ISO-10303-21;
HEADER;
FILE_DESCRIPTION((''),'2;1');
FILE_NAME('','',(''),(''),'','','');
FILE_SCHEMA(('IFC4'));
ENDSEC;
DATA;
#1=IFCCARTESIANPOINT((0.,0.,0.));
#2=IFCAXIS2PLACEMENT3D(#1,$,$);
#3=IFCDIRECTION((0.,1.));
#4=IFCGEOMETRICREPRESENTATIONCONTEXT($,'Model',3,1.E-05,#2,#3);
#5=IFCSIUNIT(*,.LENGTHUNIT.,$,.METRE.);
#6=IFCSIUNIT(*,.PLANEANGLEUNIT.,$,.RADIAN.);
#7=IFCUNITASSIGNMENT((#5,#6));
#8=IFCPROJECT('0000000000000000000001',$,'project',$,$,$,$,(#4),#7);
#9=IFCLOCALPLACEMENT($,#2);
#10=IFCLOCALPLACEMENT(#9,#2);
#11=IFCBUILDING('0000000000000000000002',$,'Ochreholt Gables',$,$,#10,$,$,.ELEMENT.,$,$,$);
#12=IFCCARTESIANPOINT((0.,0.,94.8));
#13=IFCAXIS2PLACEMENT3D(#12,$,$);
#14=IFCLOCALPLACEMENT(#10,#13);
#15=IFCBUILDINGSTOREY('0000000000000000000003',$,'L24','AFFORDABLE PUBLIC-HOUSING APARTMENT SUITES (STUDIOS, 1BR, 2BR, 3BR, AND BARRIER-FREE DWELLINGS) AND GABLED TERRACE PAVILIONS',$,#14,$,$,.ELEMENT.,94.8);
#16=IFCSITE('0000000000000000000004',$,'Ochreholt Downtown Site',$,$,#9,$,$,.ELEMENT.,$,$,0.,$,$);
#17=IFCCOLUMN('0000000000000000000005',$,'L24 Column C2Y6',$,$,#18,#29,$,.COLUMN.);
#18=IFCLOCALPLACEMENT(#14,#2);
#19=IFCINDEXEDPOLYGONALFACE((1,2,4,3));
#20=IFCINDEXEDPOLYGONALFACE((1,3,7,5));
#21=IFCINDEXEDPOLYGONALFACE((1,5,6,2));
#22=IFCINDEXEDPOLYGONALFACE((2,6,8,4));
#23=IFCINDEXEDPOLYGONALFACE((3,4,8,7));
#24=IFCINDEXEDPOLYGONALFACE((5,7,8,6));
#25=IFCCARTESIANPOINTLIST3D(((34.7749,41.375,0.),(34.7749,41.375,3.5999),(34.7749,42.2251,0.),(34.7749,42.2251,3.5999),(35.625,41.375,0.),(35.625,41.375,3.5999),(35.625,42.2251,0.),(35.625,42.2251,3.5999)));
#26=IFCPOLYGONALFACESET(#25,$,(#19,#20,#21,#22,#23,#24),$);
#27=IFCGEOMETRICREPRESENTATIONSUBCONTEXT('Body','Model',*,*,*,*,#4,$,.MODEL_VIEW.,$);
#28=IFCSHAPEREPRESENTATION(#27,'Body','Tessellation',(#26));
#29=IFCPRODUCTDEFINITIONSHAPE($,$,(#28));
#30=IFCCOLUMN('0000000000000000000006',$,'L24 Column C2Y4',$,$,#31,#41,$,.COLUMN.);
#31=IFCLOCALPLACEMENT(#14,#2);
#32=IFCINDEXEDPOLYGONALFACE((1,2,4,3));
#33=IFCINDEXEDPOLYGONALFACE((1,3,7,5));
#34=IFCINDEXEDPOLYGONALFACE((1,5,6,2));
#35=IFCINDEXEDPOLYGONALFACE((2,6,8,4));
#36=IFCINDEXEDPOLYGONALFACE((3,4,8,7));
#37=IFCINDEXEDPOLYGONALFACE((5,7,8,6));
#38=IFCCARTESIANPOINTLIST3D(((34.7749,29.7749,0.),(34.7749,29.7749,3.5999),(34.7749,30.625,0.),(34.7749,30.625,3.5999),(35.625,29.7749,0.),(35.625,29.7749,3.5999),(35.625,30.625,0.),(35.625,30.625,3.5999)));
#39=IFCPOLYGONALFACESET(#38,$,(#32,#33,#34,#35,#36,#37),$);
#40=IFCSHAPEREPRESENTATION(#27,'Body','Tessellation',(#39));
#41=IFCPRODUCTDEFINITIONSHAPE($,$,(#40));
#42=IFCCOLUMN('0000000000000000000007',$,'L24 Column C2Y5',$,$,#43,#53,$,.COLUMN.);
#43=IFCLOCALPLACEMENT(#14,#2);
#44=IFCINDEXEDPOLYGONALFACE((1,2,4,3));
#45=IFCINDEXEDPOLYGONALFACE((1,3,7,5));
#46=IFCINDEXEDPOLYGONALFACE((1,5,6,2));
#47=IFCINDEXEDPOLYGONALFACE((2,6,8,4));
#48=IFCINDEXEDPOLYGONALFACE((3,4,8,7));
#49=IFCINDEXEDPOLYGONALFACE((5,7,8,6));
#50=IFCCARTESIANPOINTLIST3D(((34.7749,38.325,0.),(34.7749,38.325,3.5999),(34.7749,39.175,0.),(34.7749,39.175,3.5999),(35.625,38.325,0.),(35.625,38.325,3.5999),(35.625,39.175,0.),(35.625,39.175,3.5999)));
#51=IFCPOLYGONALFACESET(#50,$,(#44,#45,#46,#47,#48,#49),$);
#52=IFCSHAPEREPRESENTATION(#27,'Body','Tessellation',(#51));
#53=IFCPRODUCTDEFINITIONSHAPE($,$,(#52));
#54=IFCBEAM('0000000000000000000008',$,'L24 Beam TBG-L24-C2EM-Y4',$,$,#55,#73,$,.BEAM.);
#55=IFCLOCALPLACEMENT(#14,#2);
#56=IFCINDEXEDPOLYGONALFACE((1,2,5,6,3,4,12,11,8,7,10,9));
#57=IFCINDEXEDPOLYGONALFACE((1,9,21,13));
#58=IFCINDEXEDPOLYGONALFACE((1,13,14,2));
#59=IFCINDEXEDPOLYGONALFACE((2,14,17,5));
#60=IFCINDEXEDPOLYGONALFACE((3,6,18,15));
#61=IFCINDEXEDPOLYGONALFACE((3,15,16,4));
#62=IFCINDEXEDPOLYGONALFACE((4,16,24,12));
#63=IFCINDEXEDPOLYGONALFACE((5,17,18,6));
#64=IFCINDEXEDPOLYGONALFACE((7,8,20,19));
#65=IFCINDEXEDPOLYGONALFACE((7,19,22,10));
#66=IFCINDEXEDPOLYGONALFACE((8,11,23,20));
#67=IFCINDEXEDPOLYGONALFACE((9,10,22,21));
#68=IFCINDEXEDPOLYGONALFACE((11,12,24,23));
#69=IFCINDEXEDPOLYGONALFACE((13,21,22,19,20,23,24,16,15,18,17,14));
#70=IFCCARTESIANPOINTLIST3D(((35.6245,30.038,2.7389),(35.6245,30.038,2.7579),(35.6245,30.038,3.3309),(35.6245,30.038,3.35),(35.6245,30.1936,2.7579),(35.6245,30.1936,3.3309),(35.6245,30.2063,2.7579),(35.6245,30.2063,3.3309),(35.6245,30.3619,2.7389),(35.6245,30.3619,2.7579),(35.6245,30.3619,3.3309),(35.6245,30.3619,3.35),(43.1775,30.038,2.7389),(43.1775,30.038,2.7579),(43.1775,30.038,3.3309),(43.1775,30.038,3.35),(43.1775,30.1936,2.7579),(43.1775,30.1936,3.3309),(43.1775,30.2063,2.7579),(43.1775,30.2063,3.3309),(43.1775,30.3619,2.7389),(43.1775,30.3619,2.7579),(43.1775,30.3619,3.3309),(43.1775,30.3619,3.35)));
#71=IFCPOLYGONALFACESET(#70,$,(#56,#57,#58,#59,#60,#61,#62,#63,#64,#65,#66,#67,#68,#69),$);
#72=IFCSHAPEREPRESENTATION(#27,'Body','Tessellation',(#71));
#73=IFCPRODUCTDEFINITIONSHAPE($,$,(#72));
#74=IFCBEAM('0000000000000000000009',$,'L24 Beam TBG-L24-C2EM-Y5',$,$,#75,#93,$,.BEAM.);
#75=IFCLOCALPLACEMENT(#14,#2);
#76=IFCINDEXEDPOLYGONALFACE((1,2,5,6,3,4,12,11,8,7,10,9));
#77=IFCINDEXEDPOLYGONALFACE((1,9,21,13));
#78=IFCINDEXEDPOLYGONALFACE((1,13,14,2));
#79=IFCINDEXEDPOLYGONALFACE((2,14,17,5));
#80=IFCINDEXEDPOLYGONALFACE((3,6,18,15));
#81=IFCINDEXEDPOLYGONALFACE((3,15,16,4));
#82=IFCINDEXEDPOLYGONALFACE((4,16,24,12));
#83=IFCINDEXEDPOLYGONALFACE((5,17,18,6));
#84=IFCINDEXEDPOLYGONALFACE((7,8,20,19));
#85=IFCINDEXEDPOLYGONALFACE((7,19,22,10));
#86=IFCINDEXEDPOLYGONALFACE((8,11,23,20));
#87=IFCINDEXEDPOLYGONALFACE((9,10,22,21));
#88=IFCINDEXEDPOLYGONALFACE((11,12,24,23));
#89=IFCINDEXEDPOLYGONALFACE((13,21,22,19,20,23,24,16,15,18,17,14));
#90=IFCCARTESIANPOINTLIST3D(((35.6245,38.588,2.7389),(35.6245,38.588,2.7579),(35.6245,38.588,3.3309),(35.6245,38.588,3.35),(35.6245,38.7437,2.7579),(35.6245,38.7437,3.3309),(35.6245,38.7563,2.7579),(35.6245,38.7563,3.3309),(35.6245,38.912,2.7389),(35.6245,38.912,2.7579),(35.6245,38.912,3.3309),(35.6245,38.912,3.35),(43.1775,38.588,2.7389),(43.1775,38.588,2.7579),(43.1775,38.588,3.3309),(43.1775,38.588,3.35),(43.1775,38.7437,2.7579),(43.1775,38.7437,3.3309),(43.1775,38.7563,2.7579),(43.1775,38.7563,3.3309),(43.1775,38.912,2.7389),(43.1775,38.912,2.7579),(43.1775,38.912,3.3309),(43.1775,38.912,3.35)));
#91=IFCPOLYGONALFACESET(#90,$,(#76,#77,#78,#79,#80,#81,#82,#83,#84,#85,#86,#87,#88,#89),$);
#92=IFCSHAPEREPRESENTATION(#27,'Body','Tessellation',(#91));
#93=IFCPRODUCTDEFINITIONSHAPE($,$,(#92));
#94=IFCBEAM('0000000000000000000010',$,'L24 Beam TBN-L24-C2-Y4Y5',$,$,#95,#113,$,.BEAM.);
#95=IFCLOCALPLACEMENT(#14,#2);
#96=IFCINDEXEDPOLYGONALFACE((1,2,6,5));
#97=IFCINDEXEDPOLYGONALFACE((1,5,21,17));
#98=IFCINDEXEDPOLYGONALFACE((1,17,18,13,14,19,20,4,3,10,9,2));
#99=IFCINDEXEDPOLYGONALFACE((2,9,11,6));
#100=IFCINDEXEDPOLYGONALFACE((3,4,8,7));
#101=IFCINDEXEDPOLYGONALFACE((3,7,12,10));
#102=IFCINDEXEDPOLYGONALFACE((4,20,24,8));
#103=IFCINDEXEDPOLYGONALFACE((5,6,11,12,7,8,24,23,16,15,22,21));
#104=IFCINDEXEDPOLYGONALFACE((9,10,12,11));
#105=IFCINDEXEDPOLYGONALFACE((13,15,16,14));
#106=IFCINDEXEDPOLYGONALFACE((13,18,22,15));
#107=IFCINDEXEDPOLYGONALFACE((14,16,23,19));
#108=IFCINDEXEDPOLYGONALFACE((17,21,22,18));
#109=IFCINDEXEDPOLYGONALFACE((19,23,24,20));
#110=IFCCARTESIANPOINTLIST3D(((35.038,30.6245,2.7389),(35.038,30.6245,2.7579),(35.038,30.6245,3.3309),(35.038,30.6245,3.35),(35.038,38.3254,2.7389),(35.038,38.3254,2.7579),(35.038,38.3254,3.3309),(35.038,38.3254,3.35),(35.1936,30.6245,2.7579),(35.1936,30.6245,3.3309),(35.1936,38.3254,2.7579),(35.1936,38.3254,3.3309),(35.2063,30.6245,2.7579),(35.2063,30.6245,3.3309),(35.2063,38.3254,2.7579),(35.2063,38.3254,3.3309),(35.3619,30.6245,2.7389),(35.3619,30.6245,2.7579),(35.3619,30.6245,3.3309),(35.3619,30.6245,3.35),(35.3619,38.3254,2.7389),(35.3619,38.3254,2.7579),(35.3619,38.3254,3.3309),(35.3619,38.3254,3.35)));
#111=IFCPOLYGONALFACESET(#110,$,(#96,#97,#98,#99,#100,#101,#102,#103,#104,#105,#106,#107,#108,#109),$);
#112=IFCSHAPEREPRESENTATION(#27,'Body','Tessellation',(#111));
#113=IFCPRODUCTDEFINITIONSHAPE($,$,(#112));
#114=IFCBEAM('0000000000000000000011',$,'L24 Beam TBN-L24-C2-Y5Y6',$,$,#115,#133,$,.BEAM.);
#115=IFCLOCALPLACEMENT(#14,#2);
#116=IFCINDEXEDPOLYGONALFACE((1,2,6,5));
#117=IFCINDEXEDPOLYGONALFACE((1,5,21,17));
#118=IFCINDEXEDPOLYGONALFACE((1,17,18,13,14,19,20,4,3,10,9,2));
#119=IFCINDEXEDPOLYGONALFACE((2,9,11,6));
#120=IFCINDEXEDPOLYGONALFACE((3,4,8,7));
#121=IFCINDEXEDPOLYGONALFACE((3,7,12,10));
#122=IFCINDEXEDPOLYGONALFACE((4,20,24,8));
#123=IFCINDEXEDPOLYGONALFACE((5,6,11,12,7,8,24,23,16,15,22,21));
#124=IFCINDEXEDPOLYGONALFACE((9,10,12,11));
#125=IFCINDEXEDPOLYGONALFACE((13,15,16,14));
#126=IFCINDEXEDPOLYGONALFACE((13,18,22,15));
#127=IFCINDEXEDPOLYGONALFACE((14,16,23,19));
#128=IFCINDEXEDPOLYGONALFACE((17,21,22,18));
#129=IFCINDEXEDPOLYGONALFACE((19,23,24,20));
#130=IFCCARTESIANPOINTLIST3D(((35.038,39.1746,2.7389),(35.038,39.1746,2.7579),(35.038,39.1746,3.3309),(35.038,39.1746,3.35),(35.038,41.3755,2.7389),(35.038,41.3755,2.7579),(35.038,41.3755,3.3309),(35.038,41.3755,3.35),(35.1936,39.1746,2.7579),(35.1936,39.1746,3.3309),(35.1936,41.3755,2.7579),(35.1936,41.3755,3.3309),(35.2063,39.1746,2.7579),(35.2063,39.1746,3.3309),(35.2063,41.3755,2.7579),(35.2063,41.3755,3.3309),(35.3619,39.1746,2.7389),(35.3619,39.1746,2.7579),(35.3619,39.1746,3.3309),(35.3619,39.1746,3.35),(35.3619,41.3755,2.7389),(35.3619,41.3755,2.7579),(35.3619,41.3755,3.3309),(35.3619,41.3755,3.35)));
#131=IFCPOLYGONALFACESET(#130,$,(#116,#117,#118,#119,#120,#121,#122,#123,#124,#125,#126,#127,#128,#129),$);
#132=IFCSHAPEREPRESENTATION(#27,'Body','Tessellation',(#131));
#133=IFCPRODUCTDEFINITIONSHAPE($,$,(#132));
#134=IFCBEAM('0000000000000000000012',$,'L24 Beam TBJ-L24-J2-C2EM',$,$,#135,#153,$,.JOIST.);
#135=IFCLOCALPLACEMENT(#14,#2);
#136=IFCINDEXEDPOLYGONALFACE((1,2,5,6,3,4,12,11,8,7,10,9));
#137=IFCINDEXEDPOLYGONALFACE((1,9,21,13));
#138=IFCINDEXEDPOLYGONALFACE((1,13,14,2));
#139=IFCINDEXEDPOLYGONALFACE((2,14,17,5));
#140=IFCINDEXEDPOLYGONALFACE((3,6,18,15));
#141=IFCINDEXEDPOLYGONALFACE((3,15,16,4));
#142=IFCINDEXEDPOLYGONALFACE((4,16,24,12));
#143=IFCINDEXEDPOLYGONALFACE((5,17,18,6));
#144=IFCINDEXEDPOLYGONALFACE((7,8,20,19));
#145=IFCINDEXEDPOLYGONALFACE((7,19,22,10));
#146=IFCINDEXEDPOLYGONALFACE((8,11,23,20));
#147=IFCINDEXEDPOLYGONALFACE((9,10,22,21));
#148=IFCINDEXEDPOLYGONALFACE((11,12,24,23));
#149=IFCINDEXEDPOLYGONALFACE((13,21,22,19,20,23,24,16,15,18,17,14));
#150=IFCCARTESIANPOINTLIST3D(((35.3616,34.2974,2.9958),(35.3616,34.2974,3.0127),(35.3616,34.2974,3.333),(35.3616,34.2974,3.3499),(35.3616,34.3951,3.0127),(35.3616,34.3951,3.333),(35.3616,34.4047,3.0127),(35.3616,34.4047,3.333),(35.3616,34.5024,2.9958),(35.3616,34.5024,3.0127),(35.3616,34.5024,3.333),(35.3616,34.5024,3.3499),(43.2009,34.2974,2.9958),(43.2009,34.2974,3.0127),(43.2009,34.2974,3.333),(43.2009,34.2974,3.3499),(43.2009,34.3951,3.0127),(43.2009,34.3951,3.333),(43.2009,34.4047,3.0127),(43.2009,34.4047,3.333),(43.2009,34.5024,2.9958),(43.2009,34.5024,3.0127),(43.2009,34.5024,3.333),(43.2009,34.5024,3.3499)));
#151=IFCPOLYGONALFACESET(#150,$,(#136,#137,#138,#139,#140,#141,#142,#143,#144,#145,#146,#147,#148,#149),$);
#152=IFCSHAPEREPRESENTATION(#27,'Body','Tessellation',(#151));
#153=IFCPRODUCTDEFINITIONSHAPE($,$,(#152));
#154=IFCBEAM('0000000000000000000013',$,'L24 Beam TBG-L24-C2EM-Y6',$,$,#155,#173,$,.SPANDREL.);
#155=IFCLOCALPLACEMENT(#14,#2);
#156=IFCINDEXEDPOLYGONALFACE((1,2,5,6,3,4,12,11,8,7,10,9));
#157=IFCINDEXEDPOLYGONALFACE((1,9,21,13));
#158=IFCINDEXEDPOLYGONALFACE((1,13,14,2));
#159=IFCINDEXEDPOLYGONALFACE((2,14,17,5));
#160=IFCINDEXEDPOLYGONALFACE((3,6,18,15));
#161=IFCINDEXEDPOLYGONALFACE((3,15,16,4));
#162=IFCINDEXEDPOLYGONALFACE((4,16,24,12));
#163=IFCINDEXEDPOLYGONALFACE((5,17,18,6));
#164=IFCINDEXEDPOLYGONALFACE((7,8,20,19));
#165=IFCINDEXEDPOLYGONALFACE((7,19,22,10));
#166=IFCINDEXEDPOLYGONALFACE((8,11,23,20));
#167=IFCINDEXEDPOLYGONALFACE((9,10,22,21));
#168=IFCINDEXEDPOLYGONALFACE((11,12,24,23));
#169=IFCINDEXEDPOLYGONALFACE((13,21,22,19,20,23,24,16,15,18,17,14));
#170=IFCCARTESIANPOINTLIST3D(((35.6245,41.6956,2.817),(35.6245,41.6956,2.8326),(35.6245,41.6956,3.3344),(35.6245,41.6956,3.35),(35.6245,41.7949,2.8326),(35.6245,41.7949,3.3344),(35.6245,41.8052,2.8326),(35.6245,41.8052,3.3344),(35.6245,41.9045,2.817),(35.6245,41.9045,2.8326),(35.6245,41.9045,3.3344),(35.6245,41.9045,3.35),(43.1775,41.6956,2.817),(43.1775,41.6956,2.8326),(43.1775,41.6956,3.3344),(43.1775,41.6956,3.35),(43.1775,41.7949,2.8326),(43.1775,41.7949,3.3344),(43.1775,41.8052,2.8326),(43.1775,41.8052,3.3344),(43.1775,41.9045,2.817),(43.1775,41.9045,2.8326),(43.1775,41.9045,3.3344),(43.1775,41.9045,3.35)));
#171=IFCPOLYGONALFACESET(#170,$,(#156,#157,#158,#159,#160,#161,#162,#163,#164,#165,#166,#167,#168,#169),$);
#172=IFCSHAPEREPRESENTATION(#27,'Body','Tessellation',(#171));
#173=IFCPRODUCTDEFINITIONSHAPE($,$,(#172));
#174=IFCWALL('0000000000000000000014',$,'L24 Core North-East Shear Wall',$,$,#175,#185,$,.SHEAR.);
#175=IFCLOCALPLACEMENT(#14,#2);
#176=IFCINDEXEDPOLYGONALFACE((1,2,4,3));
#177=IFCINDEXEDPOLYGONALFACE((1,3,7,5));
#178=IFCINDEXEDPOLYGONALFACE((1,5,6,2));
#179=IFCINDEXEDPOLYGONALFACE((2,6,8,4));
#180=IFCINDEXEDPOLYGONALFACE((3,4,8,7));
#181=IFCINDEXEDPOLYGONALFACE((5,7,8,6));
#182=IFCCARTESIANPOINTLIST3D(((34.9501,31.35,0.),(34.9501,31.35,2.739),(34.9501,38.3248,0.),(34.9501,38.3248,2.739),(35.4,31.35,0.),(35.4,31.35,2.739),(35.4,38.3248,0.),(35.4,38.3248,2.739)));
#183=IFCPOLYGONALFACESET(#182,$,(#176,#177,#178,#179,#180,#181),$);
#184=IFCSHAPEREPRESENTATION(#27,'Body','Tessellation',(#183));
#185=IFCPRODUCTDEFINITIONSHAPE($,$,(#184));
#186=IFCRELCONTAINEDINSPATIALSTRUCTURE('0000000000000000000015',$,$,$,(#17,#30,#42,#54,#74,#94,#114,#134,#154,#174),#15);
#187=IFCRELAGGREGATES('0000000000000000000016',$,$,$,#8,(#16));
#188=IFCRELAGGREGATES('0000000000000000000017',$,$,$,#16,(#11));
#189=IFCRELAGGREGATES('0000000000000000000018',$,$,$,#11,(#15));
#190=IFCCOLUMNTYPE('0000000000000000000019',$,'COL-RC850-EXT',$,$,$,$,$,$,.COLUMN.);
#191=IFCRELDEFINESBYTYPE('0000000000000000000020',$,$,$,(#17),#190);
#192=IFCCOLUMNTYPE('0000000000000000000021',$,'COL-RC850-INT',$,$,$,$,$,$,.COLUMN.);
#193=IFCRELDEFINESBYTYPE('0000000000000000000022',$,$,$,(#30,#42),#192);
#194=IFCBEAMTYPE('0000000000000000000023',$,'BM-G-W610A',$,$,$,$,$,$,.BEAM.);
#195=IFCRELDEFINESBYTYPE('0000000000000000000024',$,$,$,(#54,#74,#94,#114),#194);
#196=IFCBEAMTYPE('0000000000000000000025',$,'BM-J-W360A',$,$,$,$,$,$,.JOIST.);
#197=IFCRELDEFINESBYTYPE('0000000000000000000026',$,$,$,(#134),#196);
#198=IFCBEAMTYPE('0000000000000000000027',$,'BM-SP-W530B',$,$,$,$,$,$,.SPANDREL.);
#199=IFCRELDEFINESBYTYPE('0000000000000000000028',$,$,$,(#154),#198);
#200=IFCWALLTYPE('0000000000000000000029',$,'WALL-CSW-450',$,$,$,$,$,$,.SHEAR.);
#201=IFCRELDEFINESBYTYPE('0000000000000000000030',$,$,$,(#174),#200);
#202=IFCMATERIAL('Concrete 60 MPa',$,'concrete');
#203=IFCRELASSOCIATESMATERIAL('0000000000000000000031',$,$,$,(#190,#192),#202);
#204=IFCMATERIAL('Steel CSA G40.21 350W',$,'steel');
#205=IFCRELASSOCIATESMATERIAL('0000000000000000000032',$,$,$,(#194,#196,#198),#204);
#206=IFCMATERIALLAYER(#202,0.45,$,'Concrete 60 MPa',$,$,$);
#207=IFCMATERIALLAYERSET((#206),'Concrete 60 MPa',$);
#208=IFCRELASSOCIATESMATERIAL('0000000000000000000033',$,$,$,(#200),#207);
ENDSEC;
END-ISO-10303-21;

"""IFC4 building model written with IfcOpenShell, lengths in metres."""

from ifc_helpers import new_model, si_unit, direction, frame, frame_2d, origin, origin_2d, place, context, subcontext, project, spatial, rectangle, i_section, extrude, material, layer, layer_set, material_profile, profile_set, type_object, element, save


model = new_model("IFC4")

# Units and contexts
model_context = context("Model", 3, precision=1e-05, world=origin(), true_north=direction((0.0, 1.0)))
body_context = subcontext(model_context, "Body", "Model", "MODEL_VIEW")
ifc_project = project(units=[si_unit("LENGTHUNIT", "METRE"), si_unit("PLANEANGLEUNIT", "RADIAN")], contexts=[model_context])

# Site, building, storey
site_placement = place(None, origin())
site = spatial("IfcSite", under=ifc_project, at=site_placement, Name="Ochreholt Downtown Site", CompositionType="ELEMENT", RefElevation=0.0)
building_placement = place(site_placement, origin())
building = spatial("IfcBuilding", under=site, at=building_placement, Name="Ochreholt Gables", CompositionType="ELEMENT")
storey_placement = place(building_placement, frame((0.0, 0.0, 94.8)))
storey = spatial("IfcBuildingStorey", under=building, at=storey_placement, Name="L24", Description="AFFORDABLE PUBLIC-HOUSING APARTMENT SUITES (STUDIOS, 1BR, 2BR, 3BR, AND BARRIER-FREE DWELLINGS) AND GABLED TERRACE PAVILIONS", CompositionType="ELEMENT", Elevation=94.8)

# Columns
ifc_material_1 = material(Name="Concrete 60 MPa", Category="concrete")
ifc_material_profile_1 = material_profile(ifc_material_1, rectangle(XDim=0.8501, YDim=0.8501, at=origin_2d()), Name="RC850X850")
ifc_profile_set_1 = profile_set([ifc_material_profile_1], Name="Concrete 60 MPa")
column_type_1 = type_object("IfcColumnType", Name="COL-RC850-EXT", PredefinedType="COLUMN", material=ifc_profile_set_1)
column_placement = place(storey_placement, frame((35.2, 41.8, 0.0), z_axis=(0.0, 0.0, 1.0), x_axis=(1.0, 0.0, 0.0)))
element("IfcColumn", 1, at=column_placement, inside=storey, type_object=column_type_1, Name="L24 Column C2Y6", PredefinedType="COLUMN", context=body_context, shape_type="SweptSolid", body=[
    extrude(rectangle(XDim=0.8501, YDim=0.8501, at=origin_2d()), origin(), (0.0, 0.0, 1.0), 3.5999),
])
ifc_material_profile_2 = material_profile(ifc_material_1, rectangle(XDim=0.8501, YDim=0.8501, at=origin_2d()), Name="RC850X850")
ifc_profile_set_2 = profile_set([ifc_material_profile_2], Name="Concrete 60 MPa")
column_type_2 = type_object("IfcColumnType", Name="COL-RC850-INT", PredefinedType="COLUMN", material=ifc_profile_set_2)
for number, where, z_axis, x_axis, name in (
    (2, (35.2, 30.2, 0.0), (0.0, 0.0, 1.0), (1.0, 0.0, 0.0), "L24 Column C2Y4"),
    (3, (35.2, 38.75, 0.0), (0.0, 0.0, 1.0), (1.0, 0.0, 0.0), "L24 Column C2Y5"),
):
    element("IfcColumn", number, at=place(storey_placement, frame(where, z_axis=z_axis, x_axis=x_axis)), inside=storey, type_object=column_type_2, Name=name, PredefinedType="COLUMN", context=body_context, shape_type="SweptSolid", body=[
        extrude(rectangle(XDim=0.8501, YDim=0.8501, at=origin_2d()), origin(), (0.0, 0.0, 1.0), 3.5999),
    ])

# Beams
ifc_material_2 = material(Name="Steel CSA G40.21 350W", Category="steel")
ifc_material_profile_3 = material_profile(ifc_material_2, i_section(OverallWidth=0.324, OverallDepth=0.6111, WebThickness=0.0127, FlangeThickness=0.019, at=origin_2d()), Name="W610X155")
ifc_profile_set_3 = profile_set([ifc_material_profile_3], Name="Steel CSA G40.21 350W")
beam_type_1 = type_object("IfcBeamType", Name="BM-G-W610A", PredefinedType="BEAM", material=ifc_profile_set_3)
for number, where, z_axis, x_axis, name in (
    (4, (35.6245, 30.2, 3.0444), (1.0, 0.0, 0.0), (0.0, 1.0, 0.0), "L24 Beam TBG-L24-C2EM-Y4"),
    (5, (35.6245, 38.75, 3.0444), (1.0, 0.0, 0.0), (0.0, 1.0, 0.0), "L24 Beam TBG-L24-C2EM-Y5"),
):
    element("IfcBeam", number, at=place(storey_placement, frame(where, z_axis=z_axis, x_axis=x_axis)), inside=storey, type_object=beam_type_1, Name=name, PredefinedType="BEAM", context=body_context, shape_type="SweptSolid", body=[
        extrude(i_section(OverallWidth=0.324, OverallDepth=0.6111, WebThickness=0.0127, FlangeThickness=0.019, at=origin_2d()), origin(), (0.0, 0.0, 1.0), 7.553),
    ])
beam_1_placement = place(storey_placement, frame((35.2, 30.6245, 3.0444), z_axis=(0.0, 1.0, 0.0), x_axis=(-1.0, 0.0, 0.0)))
element("IfcBeam", 6, at=beam_1_placement, inside=storey, type_object=beam_type_1, Name="L24 Beam TBN-L24-C2-Y4Y5", PredefinedType="BEAM", context=body_context, shape_type="SweptSolid", body=[
    extrude(i_section(OverallWidth=0.324, OverallDepth=0.6111, WebThickness=0.0127, FlangeThickness=0.019, at=origin_2d()), origin(), (0.0, 0.0, 1.0), 7.7009),
])
beam_2_placement = place(storey_placement, frame((35.2, 39.1746, 3.0444), z_axis=(0.0, 1.0, 0.0), x_axis=(-1.0, 0.0, 0.0)))
element("IfcBeam", 7, at=beam_2_placement, inside=storey, type_object=beam_type_1, Name="L24 Beam TBN-L24-C2-Y5Y6", PredefinedType="BEAM", context=body_context, shape_type="SweptSolid", body=[
    extrude(i_section(OverallWidth=0.324, OverallDepth=0.6111, WebThickness=0.0127, FlangeThickness=0.019, at=origin_2d()), origin(), (0.0, 0.0, 1.0), 2.2009),
])
ifc_material_profile_4 = material_profile(ifc_material_2, i_section(OverallWidth=0.2051, OverallDepth=0.354, WebThickness=0.0095, FlangeThickness=0.0168, at=origin_2d()), Name="W360X79")
ifc_profile_set_4 = profile_set([ifc_material_profile_4], Name="Steel CSA G40.21 350W")
beam_type_2 = type_object("IfcBeamType", Name="BM-J-W360A", PredefinedType="JOIST", material=ifc_profile_set_4)
beam_3_placement = place(storey_placement, frame((35.3616, 34.3999, 3.1729), z_axis=(1.0, 0.0, 0.0), x_axis=(0.0, 1.0, 0.0)))
element("IfcBeam", 8, at=beam_3_placement, inside=storey, type_object=beam_type_2, Name="L24 Beam TBJ-L24-J2-C2EM", PredefinedType="JOIST", context=body_context, shape_type="SweptSolid", body=[
    extrude(i_section(OverallWidth=0.2051, OverallDepth=0.354, WebThickness=0.0095, FlangeThickness=0.0168, at=origin_2d()), origin(), (0.0, 0.0, 1.0), 7.8394),
])
ifc_material_profile_5 = material_profile(ifc_material_2, i_section(OverallWidth=0.209, OverallDepth=0.533, WebThickness=0.0103, FlangeThickness=0.0156, at=origin_2d()), Name="W530X92")
ifc_profile_set_5 = profile_set([ifc_material_profile_5], Name="Steel CSA G40.21 350W")
beam_type_3 = type_object("IfcBeamType", Name="BM-SP-W530B", PredefinedType="SPANDREL", material=ifc_profile_set_5)
beam_4_placement = place(storey_placement, frame((35.6245, 41.8, 3.0835), z_axis=(1.0, 0.0, 0.0), x_axis=(0.0, 1.0, 0.0)))
element("IfcBeam", 9, at=beam_4_placement, inside=storey, type_object=beam_type_3, Name="L24 Beam TBG-L24-C2EM-Y6", PredefinedType="SPANDREL", context=body_context, shape_type="SweptSolid", body=[
    extrude(i_section(OverallWidth=0.209, OverallDepth=0.533, WebThickness=0.0103, FlangeThickness=0.0156, at=origin_2d()), origin(), (0.0, 0.0, 1.0), 7.553),
])

# Wall
ifc_layer_1 = layer(ifc_material_1, 0.45, Name="Concrete 60 MPa")
ifc_layer_set_1 = layer_set([ifc_layer_1], Name="Concrete 60 MPa")
wall_type_1 = type_object("IfcWallType", Name="WALL-CSW-450", PredefinedType="SHEAR", material=ifc_layer_set_1)
wall_1_placement = place(storey_placement, frame((35.175, 31.3501, 0.0), z_axis=(0.0, 0.0, 1.0), x_axis=(0.0, 1.0, 0.0)))
element("IfcWall", 10, at=wall_1_placement, inside=storey, type_object=wall_type_1, Name="L24 Core North-East Shear Wall", PredefinedType="SHEAR", context=body_context, shape_type="SweptSolid", body=[
    extrude(rectangle(XDim=6.9749, YDim=0.45, at=frame_2d((3.4873, 0.0))), origin(), (0.0, 0.0, 1.0), 2.739),
])

save(model, "model.ifc")
